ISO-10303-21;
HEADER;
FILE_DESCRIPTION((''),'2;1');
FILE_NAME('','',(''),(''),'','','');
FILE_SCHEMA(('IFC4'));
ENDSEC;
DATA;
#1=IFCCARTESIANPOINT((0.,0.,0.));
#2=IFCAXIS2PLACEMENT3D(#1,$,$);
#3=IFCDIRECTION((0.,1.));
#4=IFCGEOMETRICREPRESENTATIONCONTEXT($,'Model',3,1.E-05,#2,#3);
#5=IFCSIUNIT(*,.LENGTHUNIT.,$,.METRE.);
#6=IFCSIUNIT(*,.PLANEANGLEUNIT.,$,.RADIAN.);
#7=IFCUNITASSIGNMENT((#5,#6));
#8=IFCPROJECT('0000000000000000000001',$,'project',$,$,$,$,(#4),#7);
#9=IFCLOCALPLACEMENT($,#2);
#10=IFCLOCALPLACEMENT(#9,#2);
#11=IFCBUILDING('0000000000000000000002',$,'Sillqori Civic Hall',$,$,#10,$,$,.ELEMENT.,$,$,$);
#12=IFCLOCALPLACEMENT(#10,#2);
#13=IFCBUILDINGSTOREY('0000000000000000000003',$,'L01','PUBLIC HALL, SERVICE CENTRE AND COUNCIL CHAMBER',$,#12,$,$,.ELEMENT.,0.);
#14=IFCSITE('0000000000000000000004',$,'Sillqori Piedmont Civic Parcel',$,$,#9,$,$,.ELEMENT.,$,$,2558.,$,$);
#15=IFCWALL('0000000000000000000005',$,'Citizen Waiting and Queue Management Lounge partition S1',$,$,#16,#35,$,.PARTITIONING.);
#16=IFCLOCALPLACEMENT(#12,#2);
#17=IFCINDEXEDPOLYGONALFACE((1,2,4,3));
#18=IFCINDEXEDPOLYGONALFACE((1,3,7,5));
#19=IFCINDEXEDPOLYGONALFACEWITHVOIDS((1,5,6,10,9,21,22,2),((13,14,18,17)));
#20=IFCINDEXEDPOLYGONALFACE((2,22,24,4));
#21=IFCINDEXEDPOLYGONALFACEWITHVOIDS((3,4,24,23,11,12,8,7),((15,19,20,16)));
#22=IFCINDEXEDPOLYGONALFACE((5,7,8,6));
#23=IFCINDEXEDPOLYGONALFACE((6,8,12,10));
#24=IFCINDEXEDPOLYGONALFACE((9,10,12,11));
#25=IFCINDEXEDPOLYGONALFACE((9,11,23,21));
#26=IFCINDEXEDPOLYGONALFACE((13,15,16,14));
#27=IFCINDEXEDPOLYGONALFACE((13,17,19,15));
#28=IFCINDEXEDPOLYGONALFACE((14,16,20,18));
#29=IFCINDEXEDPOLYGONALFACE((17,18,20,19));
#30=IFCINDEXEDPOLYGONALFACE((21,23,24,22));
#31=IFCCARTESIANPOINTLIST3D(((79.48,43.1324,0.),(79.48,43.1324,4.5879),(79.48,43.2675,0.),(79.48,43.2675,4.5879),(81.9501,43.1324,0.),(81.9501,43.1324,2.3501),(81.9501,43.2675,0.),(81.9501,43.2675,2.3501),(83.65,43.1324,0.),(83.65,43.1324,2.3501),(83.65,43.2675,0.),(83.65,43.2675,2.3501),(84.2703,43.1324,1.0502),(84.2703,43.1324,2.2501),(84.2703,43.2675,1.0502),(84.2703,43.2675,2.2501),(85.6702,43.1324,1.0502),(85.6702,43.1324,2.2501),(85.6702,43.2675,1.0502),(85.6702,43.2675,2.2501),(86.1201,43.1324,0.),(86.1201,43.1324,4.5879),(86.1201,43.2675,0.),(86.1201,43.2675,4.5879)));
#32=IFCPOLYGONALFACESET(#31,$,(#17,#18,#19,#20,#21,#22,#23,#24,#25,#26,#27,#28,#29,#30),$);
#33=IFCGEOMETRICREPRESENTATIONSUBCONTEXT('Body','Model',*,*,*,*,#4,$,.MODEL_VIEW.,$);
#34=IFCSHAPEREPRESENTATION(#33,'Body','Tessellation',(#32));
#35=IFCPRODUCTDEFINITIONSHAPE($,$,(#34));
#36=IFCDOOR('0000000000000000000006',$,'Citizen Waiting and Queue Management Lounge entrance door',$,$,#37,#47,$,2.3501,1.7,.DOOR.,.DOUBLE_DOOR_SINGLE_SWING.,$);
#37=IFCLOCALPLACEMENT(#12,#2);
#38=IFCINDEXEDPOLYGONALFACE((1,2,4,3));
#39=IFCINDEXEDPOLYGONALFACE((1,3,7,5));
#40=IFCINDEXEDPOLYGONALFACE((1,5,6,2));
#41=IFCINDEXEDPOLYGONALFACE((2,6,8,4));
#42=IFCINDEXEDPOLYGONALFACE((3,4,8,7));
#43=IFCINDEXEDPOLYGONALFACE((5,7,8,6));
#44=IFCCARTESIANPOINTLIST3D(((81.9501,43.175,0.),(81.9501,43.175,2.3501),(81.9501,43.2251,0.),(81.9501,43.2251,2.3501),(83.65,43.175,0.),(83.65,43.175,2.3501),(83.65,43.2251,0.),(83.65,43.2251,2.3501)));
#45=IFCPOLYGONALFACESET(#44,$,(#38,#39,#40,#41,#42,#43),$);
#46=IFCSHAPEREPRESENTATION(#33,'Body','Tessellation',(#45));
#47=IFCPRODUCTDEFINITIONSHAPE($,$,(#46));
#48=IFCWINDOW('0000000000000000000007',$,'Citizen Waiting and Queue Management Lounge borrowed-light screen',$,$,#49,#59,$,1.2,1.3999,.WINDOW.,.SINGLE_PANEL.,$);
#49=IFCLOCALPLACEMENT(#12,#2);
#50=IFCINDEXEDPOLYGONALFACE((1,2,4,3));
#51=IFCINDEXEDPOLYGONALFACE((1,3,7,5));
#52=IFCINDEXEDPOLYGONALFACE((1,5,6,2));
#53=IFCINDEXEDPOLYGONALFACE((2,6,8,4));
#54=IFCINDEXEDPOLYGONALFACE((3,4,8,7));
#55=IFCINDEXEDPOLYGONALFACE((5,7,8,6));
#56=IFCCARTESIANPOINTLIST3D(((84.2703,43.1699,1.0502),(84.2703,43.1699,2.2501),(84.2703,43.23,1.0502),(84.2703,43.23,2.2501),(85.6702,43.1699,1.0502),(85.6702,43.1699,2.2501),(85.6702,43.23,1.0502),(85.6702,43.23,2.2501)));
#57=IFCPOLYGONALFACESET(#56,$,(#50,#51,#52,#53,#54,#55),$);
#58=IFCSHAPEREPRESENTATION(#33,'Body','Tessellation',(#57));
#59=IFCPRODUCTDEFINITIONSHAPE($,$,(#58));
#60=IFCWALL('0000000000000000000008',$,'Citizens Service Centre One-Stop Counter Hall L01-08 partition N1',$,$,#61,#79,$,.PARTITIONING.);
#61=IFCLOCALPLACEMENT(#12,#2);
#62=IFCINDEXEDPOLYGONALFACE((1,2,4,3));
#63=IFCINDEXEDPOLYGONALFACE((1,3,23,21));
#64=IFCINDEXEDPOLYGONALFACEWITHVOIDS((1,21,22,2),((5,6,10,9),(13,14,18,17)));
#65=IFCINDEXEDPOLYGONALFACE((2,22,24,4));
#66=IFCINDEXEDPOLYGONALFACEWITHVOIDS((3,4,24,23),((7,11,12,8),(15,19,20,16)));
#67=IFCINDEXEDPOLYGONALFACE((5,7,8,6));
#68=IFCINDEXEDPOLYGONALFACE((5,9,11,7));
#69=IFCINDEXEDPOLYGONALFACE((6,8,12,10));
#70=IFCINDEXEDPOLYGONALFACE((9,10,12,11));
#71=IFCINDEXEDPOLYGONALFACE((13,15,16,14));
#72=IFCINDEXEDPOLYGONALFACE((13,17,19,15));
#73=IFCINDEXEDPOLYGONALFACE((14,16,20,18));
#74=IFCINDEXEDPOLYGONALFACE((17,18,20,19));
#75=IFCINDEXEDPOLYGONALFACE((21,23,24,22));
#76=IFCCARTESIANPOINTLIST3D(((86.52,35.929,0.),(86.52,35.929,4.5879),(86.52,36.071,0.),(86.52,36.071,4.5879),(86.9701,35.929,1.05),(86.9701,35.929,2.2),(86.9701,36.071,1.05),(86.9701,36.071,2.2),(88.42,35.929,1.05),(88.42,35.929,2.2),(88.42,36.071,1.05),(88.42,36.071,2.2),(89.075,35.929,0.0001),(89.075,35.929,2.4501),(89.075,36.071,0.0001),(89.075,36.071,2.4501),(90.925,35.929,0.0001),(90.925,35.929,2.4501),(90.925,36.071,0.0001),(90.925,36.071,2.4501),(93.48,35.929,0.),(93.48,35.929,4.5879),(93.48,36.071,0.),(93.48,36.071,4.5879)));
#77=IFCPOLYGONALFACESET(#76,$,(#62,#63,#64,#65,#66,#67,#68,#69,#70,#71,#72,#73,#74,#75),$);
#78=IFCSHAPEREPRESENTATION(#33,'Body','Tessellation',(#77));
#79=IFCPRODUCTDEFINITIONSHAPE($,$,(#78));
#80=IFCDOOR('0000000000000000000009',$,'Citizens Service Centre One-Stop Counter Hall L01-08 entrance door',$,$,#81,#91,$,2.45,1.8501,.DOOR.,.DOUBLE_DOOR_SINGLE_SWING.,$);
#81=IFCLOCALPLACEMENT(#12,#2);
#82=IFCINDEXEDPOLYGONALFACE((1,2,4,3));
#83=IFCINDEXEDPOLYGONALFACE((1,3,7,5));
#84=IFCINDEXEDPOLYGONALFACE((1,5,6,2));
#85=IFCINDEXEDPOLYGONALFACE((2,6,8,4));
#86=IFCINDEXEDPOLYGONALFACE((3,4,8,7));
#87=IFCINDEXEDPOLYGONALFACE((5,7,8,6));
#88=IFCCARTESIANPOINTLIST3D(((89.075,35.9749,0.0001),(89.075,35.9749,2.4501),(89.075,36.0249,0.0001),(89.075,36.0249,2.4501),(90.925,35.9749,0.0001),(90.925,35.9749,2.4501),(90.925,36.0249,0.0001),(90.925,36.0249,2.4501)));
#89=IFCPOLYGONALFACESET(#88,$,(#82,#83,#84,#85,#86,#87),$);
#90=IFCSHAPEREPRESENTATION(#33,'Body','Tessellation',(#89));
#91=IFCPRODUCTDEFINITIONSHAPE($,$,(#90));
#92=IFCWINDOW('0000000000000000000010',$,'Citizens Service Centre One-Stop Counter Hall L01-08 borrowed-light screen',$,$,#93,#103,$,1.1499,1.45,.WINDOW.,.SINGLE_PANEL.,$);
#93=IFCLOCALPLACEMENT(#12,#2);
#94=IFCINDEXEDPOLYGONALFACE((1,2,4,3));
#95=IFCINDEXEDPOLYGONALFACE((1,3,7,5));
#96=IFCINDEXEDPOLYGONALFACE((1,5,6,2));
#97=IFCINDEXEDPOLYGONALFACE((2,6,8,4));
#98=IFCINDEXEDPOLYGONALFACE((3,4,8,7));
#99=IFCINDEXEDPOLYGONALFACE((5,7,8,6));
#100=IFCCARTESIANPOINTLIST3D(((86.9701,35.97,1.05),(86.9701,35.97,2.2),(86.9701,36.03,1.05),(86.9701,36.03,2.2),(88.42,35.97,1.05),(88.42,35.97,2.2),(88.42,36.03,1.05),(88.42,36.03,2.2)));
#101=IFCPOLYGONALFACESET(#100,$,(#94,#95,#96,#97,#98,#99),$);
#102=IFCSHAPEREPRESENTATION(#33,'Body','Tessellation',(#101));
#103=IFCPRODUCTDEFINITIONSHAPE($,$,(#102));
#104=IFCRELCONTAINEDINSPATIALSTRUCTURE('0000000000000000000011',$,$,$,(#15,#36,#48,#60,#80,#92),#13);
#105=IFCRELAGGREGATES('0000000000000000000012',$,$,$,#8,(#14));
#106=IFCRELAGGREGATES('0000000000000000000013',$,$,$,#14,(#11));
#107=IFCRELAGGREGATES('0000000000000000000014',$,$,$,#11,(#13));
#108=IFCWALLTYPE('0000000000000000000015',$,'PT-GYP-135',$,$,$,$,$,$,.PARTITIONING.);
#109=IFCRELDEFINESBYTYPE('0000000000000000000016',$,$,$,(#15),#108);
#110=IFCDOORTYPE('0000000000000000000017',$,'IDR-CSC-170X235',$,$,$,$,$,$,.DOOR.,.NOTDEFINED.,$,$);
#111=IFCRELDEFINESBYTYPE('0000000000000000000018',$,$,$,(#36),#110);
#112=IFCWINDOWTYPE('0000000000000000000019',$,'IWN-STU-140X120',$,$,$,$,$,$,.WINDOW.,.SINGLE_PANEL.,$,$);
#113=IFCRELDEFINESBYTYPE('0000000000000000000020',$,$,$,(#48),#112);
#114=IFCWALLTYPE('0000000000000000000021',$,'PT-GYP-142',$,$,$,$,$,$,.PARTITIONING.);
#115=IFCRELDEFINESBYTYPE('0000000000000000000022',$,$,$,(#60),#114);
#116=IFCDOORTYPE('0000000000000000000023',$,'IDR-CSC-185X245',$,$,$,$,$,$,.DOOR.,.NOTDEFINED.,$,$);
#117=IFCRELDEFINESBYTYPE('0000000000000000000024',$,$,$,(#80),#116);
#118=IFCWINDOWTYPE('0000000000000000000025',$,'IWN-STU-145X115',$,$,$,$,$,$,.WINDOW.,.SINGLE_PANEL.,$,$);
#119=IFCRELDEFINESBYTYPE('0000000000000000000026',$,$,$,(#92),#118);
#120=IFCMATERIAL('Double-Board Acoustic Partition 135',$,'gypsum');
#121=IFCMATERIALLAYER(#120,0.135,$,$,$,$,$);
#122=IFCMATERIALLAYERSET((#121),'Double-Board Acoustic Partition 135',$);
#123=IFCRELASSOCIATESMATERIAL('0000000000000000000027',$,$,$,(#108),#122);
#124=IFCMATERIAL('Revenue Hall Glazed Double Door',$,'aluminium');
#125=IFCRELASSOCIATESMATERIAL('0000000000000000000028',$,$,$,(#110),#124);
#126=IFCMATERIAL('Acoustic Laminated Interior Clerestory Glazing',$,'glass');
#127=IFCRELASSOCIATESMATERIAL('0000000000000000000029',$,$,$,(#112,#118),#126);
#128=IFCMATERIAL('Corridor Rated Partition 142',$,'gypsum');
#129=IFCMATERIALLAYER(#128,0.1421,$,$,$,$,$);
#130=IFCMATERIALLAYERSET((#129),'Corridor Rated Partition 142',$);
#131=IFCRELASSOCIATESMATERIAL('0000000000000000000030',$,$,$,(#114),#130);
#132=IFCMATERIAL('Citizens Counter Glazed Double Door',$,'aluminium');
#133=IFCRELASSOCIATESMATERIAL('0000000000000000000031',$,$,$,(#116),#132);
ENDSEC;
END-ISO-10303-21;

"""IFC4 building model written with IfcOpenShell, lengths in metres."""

from ifc_helpers import new_model, si_unit, direction, frame, frame_2d, origin, place, context, subcontext, project, spatial, rectangle, extrude, material, layer, layer_set, type_object, element, fill, save


model = new_model("IFC4")

# Units and contexts
model_context = context("Model", 3, precision=1e-05, world=origin(), true_north=direction((0.0, 1.0)))
body_context = subcontext(model_context, "Body", "Model", "MODEL_VIEW")
ifc_project = project(units=[si_unit("LENGTHUNIT", "METRE"), si_unit("PLANEANGLEUNIT", "RADIAN")], contexts=[model_context])

# Site, building, storey
site_placement = place(None, origin())
site = spatial("IfcSite", under=ifc_project, at=site_placement, Name="Sillqori Piedmont Civic Parcel", CompositionType="ELEMENT", RefElevation=2558.0)
building_placement = place(site_placement, origin())
building = spatial("IfcBuilding", under=site, at=building_placement, Name="Sillqori Civic Hall", CompositionType="ELEMENT")
storey_placement = place(building_placement, origin())
storey = spatial("IfcBuildingStorey", under=building, at=storey_placement, Name="L01", Description="PUBLIC HALL, SERVICE CENTRE AND COUNCIL CHAMBER", CompositionType="ELEMENT", Elevation=0.0)

# Walls, openings, doors, windows
ifc_material_1 = material(Name="Double-Board Acoustic Partition 135", Category="gypsum")
ifc_layer_1 = layer(ifc_material_1, 0.135)
ifc_layer_set_1 = layer_set([ifc_layer_1], Name="Double-Board Acoustic Partition 135")
wall_type_1 = type_object("IfcWallType", Name="PT-GYP-135", PredefinedType="PARTITIONING", material=ifc_layer_set_1)
wall_1_placement = place(storey_placement, frame((86.1201, 43.2, 0.0), z_axis=(0.0, 0.0, 1.0), x_axis=(-1.0, 0.0, 0.0)))
wall_1 = element("IfcWall", 1, at=wall_1_placement, inside=storey, type_object=wall_type_1, Name="Citizen Waiting and Queue Management Lounge partition S1", PredefinedType="PARTITIONING", context=body_context, shape_type="SweptSolid", body=[
    extrude(rectangle(XDim=6.6401, YDim=0.135, at=frame_2d((3.3201, 0.0))), origin(), (0.0, 0.0, 1.0), 4.5879),
])
opening_1_placement = place(wall_1_placement, frame((2.47, 0.0, 0.0)))
opening_1 = element("IfcOpeningElement", 2, at=opening_1_placement, cuts=wall_1, PredefinedType="OPENING", context=body_context, shape_type="SweptSolid", body=[
    extrude(rectangle(XDim=1.7, YDim=2.3501, at=frame_2d((0.8501, 1.175))), frame((0.0, 0.0774, 0.0), z_axis=(0.0, -1.0, 0.0), x_axis=(1.0, 0.0, 0.0)), (0.0, 0.0, 1.0), 0.155),
])
opening_2_placement = place(wall_1_placement, frame((0.45, 0.0, 1.05)))
opening_2 = element("IfcOpeningElement", 3, at=opening_2_placement, cuts=wall_1, PredefinedType="OPENING", context=body_context, shape_type="SweptSolid", body=[
    extrude(rectangle(XDim=1.3999, YDim=1.2, at=frame_2d((0.7, 0.6001))), frame((0.0, 0.0774, 0.0), z_axis=(0.0, -1.0, 0.0), x_axis=(1.0, 0.0, 0.0)), (0.0, 0.0, 1.0), 0.155),
])
ifc_material_2 = material(Name="Revenue Hall Glazed Double Door", Category="aluminium")
door_type_1 = type_object("IfcDoorType", Name="IDR-CSC-170X235", OperationType="NOTDEFINED", PredefinedType="DOOR", material=ifc_material_2)
door_1_placement = place(opening_1_placement, origin())
door_1 = element("IfcDoor", 4, at=door_1_placement, inside=storey, type_object=door_type_1, Name="Citizen Waiting and Queue Management Lounge entrance door", OperationType="DOUBLE_DOOR_SINGLE_SWING", OverallHeight=2.3501, OverallWidth=1.7, PredefinedType="DOOR", context=body_context, shape_type="SweptSolid", body=[
    extrude(rectangle(XDim=1.7, YDim=2.3501, at=frame_2d((0.8501, 1.175))), frame((0.0, 0.0249, 0.0), z_axis=(0.0, -1.0, 0.0), x_axis=(1.0, 0.0, 0.0)), (0.0, 0.0, 1.0), 0.05),
])
fill(opening_1, door_1)
ifc_material_3 = material(Name="Acoustic Laminated Interior Clerestory Glazing", Category="glass")
window_type_1 = type_object("IfcWindowType", Name="IWN-STU-140X120", PartitioningType="SINGLE_PANEL", PredefinedType="WINDOW", material=ifc_material_3)
window_1_placement = place(opening_2_placement, origin())
window_1 = element("IfcWindow", 5, at=window_1_placement, inside=storey, type_object=window_type_1, Name="Citizen Waiting and Queue Management Lounge borrowed-light screen", OverallHeight=1.2, OverallWidth=1.3999, PartitioningType="SINGLE_PANEL", PredefinedType="WINDOW", context=body_context, shape_type="SweptSolid", body=[
    extrude(rectangle(XDim=1.3999, YDim=1.2, at=frame_2d((0.7, 0.6001))), frame((0.0, 0.03, 0.0), z_axis=(0.0, -1.0, 0.0), x_axis=(1.0, 0.0, 0.0)), (0.0, 0.0, 1.0), 0.0601),
])
fill(opening_2, window_1)
ifc_material_4 = material(Name="Corridor Rated Partition 142", Category="gypsum")
ifc_layer_2 = layer(ifc_material_4, 0.1421)
ifc_layer_set_2 = layer_set([ifc_layer_2], Name="Corridor Rated Partition 142")
wall_type_2 = type_object("IfcWallType", Name="PT-GYP-142", PredefinedType="PARTITIONING", material=ifc_layer_set_2)
wall_2_placement = place(storey_placement, frame((86.52, 36.0, 0.0), z_axis=(0.0, 0.0, 1.0), x_axis=(1.0, 0.0, 0.0)))
wall_2 = element("IfcWall", 6, at=wall_2_placement, inside=storey, type_object=wall_type_2, Name="Citizens Service Centre One-Stop Counter Hall L01-08 partition N1", PredefinedType="PARTITIONING", context=body_context, shape_type="SweptSolid", body=[
    extrude(rectangle(XDim=6.96, YDim=0.1421, at=frame_2d((3.48, 0.0))), origin(), (0.0, 0.0, 1.0), 4.5879),
])
opening_3_placement = place(wall_2_placement, frame((2.5549, 0.0, 0.0)))
opening_3 = element("IfcOpeningElement", 7, at=opening_3_placement, cuts=wall_2, PredefinedType="OPENING", context=body_context, shape_type="SweptSolid", body=[
    extrude(rectangle(XDim=1.8501, YDim=2.45, at=frame_2d((0.925, 1.2251))), frame((0.0, 0.0811, 0.0), z_axis=(0.0, -1.0, 0.0), x_axis=(1.0, 0.0, 0.0)), (0.0, 0.0, 1.0), 0.1621),
])
opening_4_placement = place(wall_2_placement, frame((0.45, 0.0, 1.05)))
opening_4 = element("IfcOpeningElement", 8, at=opening_4_placement, cuts=wall_2, PredefinedType="OPENING", context=body_context, shape_type="SweptSolid", body=[
    extrude(rectangle(XDim=1.45, YDim=1.1499, at=frame_2d((0.7251, 0.575))), frame((0.0, 0.0811, 0.0), z_axis=(0.0, -1.0, 0.0), x_axis=(1.0, 0.0, 0.0)), (0.0, 0.0, 1.0), 0.1621),
])
ifc_material_5 = material(Name="Citizens Counter Glazed Double Door", Category="aluminium")
door_type_2 = type_object("IfcDoorType", Name="IDR-CSC-185X245", OperationType="NOTDEFINED", PredefinedType="DOOR", material=ifc_material_5)
door_2_placement = place(opening_3_placement, origin())
door_2 = element("IfcDoor", 9, at=door_2_placement, inside=storey, type_object=door_type_2, Name="Citizens Service Centre One-Stop Counter Hall L01-08 entrance door", OperationType="DOUBLE_DOOR_SINGLE_SWING", OverallHeight=2.45, OverallWidth=1.8501, PredefinedType="DOOR", context=body_context, shape_type="SweptSolid", body=[
    extrude(rectangle(XDim=1.8501, YDim=2.45, at=frame_2d((0.925, 1.2251))), frame((0.0, 0.0249, 0.0), z_axis=(0.0, -1.0, 0.0), x_axis=(1.0, 0.0, 0.0)), (0.0, 0.0, 1.0), 0.05),
])
fill(opening_3, door_2)
window_type_2 = type_object("IfcWindowType", Name="IWN-STU-145X115", PartitioningType="SINGLE_PANEL", PredefinedType="WINDOW", material=ifc_material_3)
window_2_placement = place(opening_4_placement, origin())
window_2 = element("IfcWindow", 10, at=window_2_placement, inside=storey, type_object=window_type_2, Name="Citizens Service Centre One-Stop Counter Hall L01-08 borrowed-light screen", OverallHeight=1.1499, OverallWidth=1.45, PartitioningType="SINGLE_PANEL", PredefinedType="WINDOW", context=body_context, shape_type="SweptSolid", body=[
    extrude(rectangle(XDim=1.45, YDim=1.1499, at=frame_2d((0.7251, 0.575))), frame((0.0, 0.03, 0.0), z_axis=(0.0, -1.0, 0.0), x_axis=(1.0, 0.0, 0.0)), (0.0, 0.0, 1.0), 0.0601),
])
fill(opening_4, window_2)

save(model, "model.ifc")
